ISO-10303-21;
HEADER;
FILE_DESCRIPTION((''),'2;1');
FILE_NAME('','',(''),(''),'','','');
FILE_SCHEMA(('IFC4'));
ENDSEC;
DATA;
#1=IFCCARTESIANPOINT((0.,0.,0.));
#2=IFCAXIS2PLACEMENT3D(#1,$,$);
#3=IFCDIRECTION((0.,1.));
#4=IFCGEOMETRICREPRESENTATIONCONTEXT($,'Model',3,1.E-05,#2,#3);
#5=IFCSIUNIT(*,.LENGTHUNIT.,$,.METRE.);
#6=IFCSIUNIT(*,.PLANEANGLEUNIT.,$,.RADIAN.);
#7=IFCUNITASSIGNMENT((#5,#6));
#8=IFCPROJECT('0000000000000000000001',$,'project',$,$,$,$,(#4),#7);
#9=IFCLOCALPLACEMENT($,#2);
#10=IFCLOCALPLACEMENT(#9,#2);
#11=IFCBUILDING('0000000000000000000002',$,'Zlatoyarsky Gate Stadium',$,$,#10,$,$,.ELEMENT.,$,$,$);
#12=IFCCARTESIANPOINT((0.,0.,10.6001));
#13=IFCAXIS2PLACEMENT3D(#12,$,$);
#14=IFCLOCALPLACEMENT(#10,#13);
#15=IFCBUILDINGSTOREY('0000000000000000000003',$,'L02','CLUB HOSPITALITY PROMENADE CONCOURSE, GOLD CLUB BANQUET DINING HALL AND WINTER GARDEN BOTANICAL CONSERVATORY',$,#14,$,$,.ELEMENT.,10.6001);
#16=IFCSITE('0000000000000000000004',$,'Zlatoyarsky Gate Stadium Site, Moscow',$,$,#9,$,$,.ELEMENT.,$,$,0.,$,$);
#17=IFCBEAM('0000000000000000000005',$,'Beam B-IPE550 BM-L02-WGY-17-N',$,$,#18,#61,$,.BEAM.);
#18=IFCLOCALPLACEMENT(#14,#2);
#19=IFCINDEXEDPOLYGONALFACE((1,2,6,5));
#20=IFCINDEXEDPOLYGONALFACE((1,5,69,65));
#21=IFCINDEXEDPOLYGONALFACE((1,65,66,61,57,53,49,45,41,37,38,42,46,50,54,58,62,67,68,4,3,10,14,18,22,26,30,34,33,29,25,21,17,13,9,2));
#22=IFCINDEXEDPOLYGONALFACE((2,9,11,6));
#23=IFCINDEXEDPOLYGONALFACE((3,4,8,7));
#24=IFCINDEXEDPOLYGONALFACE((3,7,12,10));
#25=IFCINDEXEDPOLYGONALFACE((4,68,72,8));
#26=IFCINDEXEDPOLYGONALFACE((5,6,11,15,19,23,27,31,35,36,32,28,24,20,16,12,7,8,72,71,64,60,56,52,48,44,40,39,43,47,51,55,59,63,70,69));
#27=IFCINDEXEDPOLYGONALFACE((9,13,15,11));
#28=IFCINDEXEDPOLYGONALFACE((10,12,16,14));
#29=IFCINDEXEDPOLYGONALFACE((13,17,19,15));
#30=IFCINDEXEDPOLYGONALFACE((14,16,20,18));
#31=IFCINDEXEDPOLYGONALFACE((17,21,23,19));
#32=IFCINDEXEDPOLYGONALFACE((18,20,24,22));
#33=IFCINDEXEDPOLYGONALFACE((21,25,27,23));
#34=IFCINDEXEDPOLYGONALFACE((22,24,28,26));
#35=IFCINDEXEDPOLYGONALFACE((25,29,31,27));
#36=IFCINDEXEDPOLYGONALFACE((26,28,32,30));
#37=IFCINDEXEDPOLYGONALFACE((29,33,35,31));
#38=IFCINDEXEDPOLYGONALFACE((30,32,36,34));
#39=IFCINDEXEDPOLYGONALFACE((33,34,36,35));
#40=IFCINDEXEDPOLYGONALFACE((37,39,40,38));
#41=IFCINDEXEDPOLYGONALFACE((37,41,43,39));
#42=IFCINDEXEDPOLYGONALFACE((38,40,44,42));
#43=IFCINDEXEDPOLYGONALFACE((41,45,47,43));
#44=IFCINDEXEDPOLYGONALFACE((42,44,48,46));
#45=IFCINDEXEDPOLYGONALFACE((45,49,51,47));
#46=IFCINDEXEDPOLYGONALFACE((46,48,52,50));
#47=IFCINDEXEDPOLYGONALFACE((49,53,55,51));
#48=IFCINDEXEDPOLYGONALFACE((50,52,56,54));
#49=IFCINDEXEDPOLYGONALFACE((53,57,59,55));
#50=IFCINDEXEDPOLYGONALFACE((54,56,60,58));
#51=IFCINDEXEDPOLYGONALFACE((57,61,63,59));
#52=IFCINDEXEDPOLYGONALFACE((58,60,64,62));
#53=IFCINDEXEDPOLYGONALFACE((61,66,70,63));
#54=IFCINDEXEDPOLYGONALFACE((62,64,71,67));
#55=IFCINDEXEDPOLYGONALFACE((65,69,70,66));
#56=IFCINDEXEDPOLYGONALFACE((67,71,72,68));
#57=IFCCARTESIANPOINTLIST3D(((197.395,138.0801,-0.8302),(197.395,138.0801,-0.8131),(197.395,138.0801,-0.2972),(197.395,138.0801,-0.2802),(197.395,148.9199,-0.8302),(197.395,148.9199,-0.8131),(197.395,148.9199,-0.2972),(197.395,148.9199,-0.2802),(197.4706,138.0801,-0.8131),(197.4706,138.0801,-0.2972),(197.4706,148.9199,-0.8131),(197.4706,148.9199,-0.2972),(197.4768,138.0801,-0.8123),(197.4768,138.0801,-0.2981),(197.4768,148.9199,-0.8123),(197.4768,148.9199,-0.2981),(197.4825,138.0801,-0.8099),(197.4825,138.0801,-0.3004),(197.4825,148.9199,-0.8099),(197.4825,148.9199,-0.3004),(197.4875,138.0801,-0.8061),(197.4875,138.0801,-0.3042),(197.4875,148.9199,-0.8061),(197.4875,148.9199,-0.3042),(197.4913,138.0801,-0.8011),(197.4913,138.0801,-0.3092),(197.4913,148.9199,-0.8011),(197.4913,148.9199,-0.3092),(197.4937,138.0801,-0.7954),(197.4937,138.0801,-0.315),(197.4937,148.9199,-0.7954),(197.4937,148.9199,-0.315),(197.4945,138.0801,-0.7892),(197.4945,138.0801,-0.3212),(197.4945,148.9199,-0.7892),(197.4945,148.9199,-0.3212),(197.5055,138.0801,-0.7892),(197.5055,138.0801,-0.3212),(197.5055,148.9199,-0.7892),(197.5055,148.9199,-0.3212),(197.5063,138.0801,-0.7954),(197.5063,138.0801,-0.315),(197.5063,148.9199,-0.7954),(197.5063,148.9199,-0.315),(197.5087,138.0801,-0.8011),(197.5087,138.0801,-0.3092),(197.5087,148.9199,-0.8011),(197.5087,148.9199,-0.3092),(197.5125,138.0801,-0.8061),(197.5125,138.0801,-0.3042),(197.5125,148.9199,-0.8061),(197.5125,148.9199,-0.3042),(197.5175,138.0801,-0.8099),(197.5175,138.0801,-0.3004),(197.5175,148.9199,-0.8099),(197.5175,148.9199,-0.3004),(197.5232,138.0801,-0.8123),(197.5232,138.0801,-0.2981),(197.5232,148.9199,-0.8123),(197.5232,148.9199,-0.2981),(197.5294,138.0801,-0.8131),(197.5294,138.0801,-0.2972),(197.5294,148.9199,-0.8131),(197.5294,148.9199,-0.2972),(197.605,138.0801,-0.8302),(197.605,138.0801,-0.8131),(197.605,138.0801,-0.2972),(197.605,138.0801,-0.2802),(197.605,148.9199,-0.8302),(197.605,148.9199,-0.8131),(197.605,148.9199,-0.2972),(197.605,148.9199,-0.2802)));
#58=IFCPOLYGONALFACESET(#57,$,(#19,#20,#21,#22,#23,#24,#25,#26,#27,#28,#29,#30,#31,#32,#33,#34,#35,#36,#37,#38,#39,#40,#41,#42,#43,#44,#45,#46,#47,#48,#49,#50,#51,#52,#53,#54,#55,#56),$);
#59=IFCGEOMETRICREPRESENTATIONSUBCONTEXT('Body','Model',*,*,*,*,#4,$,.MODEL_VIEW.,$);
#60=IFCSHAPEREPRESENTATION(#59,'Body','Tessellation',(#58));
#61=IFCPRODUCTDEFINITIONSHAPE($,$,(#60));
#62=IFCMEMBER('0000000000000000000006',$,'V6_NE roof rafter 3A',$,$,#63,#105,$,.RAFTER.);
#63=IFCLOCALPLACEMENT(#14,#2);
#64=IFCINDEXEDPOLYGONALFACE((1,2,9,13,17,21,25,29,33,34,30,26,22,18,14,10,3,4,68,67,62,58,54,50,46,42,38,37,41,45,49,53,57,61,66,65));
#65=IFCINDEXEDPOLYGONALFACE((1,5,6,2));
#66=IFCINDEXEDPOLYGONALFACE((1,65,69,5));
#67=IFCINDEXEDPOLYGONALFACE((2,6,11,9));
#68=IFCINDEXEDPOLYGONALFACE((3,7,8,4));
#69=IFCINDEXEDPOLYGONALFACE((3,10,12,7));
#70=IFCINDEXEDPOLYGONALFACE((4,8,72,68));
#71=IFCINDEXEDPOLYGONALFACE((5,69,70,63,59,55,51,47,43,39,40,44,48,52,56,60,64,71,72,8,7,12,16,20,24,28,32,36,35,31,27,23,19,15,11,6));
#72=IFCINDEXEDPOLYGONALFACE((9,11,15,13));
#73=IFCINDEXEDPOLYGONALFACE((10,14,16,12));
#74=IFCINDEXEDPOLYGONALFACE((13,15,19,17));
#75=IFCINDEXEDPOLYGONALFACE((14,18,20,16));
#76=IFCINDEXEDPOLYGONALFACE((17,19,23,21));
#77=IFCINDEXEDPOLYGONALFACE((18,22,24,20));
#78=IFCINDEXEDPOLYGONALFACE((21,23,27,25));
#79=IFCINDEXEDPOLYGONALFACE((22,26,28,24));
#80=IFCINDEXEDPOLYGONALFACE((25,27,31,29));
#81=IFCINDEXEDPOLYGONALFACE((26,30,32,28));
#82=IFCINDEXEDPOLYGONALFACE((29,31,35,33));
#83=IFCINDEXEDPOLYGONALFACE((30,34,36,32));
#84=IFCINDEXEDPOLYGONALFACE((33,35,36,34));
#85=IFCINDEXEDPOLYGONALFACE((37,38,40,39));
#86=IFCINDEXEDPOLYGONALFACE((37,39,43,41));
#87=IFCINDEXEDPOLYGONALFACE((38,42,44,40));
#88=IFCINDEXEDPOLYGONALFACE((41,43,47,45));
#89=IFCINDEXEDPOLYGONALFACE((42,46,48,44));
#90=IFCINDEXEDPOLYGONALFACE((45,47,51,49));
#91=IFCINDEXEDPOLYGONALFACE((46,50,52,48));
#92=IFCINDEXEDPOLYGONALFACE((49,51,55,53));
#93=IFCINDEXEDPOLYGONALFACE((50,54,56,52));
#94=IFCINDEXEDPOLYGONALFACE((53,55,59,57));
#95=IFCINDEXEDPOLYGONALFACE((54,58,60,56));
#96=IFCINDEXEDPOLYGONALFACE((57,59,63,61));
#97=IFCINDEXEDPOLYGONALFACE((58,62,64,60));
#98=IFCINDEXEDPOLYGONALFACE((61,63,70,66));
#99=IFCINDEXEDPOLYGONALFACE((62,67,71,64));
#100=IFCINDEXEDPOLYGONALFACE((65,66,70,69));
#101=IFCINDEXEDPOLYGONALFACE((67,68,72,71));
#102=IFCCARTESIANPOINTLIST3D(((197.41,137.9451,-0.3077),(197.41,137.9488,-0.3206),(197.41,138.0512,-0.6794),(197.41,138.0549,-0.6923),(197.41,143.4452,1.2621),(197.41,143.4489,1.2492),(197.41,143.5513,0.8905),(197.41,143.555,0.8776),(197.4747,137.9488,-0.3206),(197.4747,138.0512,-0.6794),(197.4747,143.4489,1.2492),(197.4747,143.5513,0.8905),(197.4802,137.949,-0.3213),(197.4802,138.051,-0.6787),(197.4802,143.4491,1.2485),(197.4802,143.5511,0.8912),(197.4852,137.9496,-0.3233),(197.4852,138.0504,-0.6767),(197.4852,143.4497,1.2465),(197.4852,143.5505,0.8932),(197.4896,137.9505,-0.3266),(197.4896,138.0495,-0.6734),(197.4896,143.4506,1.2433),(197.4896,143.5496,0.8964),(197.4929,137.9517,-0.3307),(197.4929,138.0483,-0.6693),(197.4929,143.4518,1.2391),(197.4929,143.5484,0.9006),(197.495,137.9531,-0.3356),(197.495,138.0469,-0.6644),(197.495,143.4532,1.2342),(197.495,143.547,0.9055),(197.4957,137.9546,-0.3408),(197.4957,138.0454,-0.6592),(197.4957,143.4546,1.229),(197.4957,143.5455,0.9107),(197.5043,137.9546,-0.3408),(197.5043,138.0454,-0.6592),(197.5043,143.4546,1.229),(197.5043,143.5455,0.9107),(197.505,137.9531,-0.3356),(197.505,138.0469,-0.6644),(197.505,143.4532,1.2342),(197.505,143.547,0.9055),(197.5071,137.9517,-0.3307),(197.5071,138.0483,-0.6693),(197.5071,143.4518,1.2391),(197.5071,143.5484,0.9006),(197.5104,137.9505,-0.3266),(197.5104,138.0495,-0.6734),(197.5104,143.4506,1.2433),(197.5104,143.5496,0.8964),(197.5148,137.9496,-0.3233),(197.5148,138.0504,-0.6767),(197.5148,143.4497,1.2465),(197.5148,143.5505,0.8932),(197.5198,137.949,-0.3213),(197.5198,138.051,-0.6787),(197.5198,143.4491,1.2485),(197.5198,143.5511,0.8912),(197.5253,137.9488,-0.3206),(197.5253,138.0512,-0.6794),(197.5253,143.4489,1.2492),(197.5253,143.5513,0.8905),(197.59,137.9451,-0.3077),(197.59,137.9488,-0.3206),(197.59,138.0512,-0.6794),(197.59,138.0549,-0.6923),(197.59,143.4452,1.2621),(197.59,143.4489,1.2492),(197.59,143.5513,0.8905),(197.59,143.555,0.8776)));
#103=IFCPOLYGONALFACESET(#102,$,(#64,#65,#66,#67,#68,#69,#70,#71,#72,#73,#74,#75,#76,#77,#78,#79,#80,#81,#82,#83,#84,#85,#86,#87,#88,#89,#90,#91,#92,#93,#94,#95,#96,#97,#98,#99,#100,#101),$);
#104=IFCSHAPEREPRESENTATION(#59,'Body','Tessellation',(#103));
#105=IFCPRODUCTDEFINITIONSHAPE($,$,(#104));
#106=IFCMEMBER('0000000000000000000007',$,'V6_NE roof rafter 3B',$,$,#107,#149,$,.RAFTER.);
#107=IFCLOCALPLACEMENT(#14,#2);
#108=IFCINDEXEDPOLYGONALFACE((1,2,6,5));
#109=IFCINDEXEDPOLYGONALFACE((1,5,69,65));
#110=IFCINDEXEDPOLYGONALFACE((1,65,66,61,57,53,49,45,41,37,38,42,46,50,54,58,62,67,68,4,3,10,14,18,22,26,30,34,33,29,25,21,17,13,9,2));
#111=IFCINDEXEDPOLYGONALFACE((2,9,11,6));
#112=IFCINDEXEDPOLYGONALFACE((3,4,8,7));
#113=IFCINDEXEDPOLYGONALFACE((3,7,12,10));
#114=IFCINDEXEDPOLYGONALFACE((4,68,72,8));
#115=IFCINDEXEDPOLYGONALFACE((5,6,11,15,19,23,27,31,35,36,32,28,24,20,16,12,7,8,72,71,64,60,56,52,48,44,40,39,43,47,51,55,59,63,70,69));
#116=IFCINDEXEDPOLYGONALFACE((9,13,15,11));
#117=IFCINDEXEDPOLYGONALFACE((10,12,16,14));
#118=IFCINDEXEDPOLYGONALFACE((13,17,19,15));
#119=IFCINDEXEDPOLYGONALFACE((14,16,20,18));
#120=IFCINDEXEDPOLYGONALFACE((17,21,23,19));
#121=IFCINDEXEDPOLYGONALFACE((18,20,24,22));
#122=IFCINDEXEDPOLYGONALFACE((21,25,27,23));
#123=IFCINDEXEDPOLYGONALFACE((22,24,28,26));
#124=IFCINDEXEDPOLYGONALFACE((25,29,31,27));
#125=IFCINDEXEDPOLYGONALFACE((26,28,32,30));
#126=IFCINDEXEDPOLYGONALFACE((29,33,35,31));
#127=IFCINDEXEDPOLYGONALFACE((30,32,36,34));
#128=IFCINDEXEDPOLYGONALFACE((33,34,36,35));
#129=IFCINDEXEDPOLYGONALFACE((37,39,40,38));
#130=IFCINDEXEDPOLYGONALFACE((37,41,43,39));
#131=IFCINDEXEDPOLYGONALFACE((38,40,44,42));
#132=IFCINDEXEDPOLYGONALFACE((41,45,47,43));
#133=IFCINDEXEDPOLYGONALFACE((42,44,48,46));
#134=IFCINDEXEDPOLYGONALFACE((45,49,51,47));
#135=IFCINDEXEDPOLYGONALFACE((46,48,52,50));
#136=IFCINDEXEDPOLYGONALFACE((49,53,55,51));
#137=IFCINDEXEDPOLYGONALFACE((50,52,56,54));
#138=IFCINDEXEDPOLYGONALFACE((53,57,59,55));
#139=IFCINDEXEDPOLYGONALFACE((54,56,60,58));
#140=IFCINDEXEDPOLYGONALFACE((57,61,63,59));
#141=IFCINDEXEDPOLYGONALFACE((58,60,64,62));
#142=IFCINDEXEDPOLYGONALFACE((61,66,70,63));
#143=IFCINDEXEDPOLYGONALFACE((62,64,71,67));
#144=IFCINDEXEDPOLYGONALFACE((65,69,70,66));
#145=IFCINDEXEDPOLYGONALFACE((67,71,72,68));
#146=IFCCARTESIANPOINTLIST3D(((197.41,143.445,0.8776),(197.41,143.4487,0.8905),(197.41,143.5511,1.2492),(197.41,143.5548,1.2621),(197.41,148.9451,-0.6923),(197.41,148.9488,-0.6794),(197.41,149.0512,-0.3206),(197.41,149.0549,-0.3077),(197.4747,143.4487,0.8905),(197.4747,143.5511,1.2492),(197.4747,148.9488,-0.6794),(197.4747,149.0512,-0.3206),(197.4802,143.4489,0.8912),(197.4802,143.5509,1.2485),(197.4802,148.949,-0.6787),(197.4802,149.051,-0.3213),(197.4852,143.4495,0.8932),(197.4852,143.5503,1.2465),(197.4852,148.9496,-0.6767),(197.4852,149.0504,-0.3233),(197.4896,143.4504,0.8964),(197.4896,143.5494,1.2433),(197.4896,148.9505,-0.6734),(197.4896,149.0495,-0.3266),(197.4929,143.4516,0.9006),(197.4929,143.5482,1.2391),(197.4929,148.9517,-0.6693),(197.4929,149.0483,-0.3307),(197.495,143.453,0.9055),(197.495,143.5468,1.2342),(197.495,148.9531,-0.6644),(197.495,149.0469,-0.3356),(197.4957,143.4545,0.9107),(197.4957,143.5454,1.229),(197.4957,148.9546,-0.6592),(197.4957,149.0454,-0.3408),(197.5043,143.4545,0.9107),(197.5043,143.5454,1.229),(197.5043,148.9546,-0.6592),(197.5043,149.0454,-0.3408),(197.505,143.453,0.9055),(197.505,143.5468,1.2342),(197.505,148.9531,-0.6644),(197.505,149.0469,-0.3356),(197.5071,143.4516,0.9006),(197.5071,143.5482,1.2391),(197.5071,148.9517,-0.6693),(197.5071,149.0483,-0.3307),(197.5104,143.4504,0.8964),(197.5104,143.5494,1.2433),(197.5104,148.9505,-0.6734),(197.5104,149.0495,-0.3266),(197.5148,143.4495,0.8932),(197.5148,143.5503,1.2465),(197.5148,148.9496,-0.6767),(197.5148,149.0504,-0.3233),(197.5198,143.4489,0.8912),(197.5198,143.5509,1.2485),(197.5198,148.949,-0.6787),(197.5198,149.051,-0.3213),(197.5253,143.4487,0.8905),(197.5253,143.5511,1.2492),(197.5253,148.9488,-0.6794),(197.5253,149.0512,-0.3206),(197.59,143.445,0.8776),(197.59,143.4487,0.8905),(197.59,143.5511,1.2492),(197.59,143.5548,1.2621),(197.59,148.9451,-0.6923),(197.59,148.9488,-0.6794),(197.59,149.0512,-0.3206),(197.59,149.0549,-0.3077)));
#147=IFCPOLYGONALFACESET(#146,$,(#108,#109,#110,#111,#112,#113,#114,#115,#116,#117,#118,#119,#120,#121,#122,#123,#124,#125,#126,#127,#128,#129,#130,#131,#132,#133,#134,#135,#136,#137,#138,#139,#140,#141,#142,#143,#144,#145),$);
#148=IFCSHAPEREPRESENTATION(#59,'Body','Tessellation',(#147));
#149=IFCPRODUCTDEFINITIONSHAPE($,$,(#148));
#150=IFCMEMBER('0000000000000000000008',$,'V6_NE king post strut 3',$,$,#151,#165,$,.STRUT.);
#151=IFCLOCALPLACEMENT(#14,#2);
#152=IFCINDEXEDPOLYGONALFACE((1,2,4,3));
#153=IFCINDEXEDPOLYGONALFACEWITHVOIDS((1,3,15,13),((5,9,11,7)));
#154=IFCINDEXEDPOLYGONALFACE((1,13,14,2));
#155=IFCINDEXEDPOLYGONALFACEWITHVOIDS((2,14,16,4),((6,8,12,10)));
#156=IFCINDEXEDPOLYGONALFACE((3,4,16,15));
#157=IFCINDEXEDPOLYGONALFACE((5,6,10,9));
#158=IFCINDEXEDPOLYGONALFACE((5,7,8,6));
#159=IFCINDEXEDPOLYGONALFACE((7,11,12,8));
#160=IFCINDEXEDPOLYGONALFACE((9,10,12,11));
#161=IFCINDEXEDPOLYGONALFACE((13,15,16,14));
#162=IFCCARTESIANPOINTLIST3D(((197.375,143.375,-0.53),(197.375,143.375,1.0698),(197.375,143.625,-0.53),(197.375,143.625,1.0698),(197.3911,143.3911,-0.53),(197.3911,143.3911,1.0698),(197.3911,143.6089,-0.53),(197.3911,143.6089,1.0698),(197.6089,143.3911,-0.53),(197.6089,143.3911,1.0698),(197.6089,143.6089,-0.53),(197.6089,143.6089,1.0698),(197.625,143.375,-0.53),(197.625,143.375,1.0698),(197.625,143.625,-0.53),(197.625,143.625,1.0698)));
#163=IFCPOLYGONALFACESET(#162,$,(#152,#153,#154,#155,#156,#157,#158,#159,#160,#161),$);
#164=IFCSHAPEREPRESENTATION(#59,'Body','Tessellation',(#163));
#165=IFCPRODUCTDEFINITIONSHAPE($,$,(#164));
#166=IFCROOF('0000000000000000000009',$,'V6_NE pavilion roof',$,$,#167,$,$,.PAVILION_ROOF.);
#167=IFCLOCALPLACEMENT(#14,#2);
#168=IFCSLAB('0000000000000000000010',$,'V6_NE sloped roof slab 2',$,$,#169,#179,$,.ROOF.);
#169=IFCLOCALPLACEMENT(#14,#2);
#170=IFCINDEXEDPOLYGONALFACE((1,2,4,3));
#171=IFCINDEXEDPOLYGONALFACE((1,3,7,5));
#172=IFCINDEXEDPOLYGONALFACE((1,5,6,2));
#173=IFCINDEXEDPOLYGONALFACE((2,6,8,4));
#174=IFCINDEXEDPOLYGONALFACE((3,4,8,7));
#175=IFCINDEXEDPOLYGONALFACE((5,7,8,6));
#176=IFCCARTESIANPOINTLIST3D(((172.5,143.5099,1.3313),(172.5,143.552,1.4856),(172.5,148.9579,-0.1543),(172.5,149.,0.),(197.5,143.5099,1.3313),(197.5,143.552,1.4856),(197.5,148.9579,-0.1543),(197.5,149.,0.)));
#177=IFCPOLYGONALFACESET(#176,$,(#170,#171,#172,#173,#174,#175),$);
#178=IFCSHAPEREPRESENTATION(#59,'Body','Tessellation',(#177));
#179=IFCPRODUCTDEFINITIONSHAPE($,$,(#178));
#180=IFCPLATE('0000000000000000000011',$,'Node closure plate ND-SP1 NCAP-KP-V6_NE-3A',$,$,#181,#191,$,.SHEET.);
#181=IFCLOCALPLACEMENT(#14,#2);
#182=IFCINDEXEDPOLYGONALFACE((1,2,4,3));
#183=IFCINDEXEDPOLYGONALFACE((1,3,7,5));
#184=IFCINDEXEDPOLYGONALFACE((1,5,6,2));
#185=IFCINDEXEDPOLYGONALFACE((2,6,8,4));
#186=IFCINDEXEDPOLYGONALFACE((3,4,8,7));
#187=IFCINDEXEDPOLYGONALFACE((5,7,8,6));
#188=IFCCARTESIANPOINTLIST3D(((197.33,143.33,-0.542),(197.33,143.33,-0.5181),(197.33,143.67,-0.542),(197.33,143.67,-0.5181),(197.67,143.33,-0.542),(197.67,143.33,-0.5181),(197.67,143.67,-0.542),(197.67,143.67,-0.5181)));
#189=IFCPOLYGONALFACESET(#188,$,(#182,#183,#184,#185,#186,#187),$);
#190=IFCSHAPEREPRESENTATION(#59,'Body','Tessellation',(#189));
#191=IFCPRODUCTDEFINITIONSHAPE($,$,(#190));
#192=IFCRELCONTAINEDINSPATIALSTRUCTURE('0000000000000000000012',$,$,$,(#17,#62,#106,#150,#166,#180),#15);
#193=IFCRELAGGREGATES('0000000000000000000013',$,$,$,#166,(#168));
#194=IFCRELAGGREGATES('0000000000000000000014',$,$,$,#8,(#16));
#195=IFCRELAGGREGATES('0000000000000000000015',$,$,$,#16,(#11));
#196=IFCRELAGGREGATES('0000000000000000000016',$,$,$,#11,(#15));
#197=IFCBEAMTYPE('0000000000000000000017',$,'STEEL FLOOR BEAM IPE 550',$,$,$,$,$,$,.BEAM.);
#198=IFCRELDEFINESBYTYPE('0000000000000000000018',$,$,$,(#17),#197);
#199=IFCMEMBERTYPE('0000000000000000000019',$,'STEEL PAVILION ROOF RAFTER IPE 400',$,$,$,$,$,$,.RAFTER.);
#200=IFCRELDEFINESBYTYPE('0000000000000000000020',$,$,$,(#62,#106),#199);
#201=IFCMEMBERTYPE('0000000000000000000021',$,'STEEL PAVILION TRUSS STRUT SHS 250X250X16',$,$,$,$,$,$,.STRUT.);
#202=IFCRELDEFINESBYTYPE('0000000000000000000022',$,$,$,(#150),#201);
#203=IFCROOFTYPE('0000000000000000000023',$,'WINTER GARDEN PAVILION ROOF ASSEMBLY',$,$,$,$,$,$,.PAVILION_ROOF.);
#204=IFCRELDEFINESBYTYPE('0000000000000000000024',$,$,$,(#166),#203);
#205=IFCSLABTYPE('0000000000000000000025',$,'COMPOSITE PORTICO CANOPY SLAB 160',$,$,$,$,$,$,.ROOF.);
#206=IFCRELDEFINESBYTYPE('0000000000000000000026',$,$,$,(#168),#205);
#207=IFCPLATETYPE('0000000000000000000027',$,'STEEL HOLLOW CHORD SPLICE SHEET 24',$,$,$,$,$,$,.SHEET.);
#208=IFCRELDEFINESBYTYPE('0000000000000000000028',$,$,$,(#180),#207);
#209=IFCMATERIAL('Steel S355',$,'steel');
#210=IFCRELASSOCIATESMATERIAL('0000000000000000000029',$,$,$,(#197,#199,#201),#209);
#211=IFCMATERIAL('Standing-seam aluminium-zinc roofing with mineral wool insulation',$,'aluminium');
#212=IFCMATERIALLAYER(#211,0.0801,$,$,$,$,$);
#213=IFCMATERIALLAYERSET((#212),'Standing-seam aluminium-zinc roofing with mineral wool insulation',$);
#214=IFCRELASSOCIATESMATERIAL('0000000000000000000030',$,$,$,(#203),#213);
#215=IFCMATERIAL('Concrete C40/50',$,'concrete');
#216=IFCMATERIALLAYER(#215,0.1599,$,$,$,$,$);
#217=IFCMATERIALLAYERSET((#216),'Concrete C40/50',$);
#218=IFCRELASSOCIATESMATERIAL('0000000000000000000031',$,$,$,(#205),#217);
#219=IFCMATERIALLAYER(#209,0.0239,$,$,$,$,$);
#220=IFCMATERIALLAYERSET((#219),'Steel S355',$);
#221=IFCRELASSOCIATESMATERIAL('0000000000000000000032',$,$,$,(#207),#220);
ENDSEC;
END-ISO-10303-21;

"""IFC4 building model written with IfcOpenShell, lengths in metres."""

from ifc_helpers import new_model, si_unit, direction, frame, origin, origin_2d, place, context, subcontext, project, spatial, polyline, rectangle, hollow_rectangle, i_section, outline, extrude, material, layer, layer_set, material_profile, profile_set, type_object, element, aggregate, save


model = new_model("IFC4")

# Units and contexts
model_context = context("Model", 3, precision=1e-05, world=origin(), true_north=direction((0.0, 1.0)))
body_context = subcontext(model_context, "Body", "Model", "MODEL_VIEW")
ifc_project = project(units=[si_unit("LENGTHUNIT", "METRE"), si_unit("PLANEANGLEUNIT", "RADIAN")], contexts=[model_context])

# Site, building, storey
site_placement = place(None, origin())
site = spatial("IfcSite", under=ifc_project, at=site_placement, Name="Zlatoyarsky Gate Stadium Site, Moscow", CompositionType="ELEMENT", RefElevation=0.0)
building_placement = place(site_placement, origin())
building = spatial("IfcBuilding", under=site, at=building_placement, Name="Zlatoyarsky Gate Stadium", CompositionType="ELEMENT")
storey_placement = place(building_placement, frame((0.0, 0.0, 10.6001)))
storey = spatial("IfcBuildingStorey", under=building, at=storey_placement, Name="L02", Description="CLUB HOSPITALITY PROMENADE CONCOURSE, GOLD CLUB BANQUET DINING HALL AND WINTER GARDEN BOTANICAL CONSERVATORY", CompositionType="ELEMENT", Elevation=10.6001)

# Shared definitions
ifc_material_1 = material(Name="Steel S355", Category="steel")

# Beam
ifc_material_profile_1 = material_profile(ifc_material_1, i_section(OverallWidth=0.21, OverallDepth=0.55, WebThickness=0.011, FlangeThickness=0.0171, FilletRadius=0.0239, at=origin_2d()), Name="IPE 550")
ifc_profile_set_1 = profile_set([ifc_material_profile_1], Name="Steel S355")
beam_type = type_object("IfcBeamType", Name="STEEL FLOOR BEAM IPE 550", PredefinedType="BEAM", material=ifc_profile_set_1)
beam_placement = place(storey_placement, frame((197.5, 138.0801, -0.5552), z_axis=(0.0, 1.0, 0.0), x_axis=(-1.0, 0.0, 0.0)))
element("IfcBeam", 1, at=beam_placement, inside=storey, type_object=beam_type, Name="Beam B-IPE550 BM-L02-WGY-17-N", PredefinedType="BEAM", context=body_context, shape_type="SweptSolid", body=[
    extrude(i_section(OverallWidth=0.21, OverallDepth=0.55, WebThickness=0.011, FlangeThickness=0.0171, FilletRadius=0.0239, at=origin_2d()), origin(), (0.0, 0.0, 1.0), 10.8398),
])

# Members
ifc_material_profile_2 = material_profile(ifc_material_1, i_section(OverallWidth=0.1799, OverallDepth=0.3999, WebThickness=0.0085, FlangeThickness=0.0134, FilletRadius=0.021, at=origin_2d()), Name="IPE 400")
ifc_profile_set_2 = profile_set([ifc_material_profile_2], Name="Steel S355")
member_type_1 = type_object("IfcMemberType", Name="STEEL PAVILION ROOF RAFTER IPE 400", PredefinedType="RAFTER", material=ifc_profile_set_2)
for number, where, z_axis, x_axis, name in (
    (2, (197.5, 138.0, -0.5), (0.0, 0.961598, 0.274462), (-1.0, 0.0, 0.0), "V6_NE roof rafter 3A"),
    (3, (197.5, 149.0, -0.5), (0.0, -0.961598, 0.274462), (1.0, 0.0, 0.0), "V6_NE roof rafter 3B"),
):
    element("IfcMember", number, at=place(storey_placement, frame(where, z_axis=z_axis, x_axis=x_axis)), inside=storey, type_object=member_type_1, Name=name, PredefinedType="RAFTER", context=body_context, shape_type="SweptSolid", body=[
        extrude(i_section(OverallWidth=0.1799, OverallDepth=0.3999, WebThickness=0.0085, FlangeThickness=0.0134, FilletRadius=0.021, at=origin_2d()), origin(), (0.0, 0.0, 1.0), 5.7197),
    ])
ifc_material_profile_3 = material_profile(ifc_material_1, hollow_rectangle(XDim=0.25, YDim=0.25, WallThickness=0.0161, at=origin_2d()), Name="SHS 250X250X16")
ifc_profile_set_3 = profile_set([ifc_material_profile_3], Name="Steel S355")
member_type_2 = type_object("IfcMemberType", Name="STEEL PAVILION TRUSS STRUT SHS 250X250X16", PredefinedType="STRUT", material=ifc_profile_set_3)
member_1_placement = place(storey_placement, frame((197.5, 143.5, -0.53), z_axis=(0.0, 0.0, 1.0), x_axis=(1.0, 0.0, 0.0)))
element("IfcMember", 4, at=member_1_placement, inside=storey, type_object=member_type_2, Name="V6_NE king post strut 3", PredefinedType="STRUT", context=body_context, shape_type="SweptSolid", body=[
    extrude(hollow_rectangle(XDim=0.25, YDim=0.25, WallThickness=0.0161, at=origin_2d()), origin(), (0.0, 0.0, 1.0), 1.5999),
])

# Roof, slab
ifc_material_2 = material(Name="Standing-seam aluminium-zinc roofing with mineral wool insulation", Category="aluminium")
ifc_layer_1 = layer(ifc_material_2, 0.0801)
ifc_layer_set_1 = layer_set([ifc_layer_1], Name="Standing-seam aluminium-zinc roofing with mineral wool insulation")
roof_type = type_object("IfcRoofType", Name="WINTER GARDEN PAVILION ROOF ASSEMBLY", PredefinedType="PAVILION_ROOF", material=ifc_layer_set_1)
roof_placement = place(storey_placement, origin())
roof = element("IfcRoof", 5, at=roof_placement, inside=storey, type_object=roof_type, Name="V6_NE pavilion roof", PredefinedType="PAVILION_ROOF")
ifc_material_3 = material(Name="Concrete C40/50", Category="concrete")
ifc_layer_2 = layer(ifc_material_3, 0.1599)
ifc_layer_set_2 = layer_set([ifc_layer_2], Name="Concrete C40/50")
slab_type = type_object("IfcSlabType", Name="COMPOSITE PORTICO CANOPY SLAB 160", PredefinedType="ROOF", material=ifc_layer_set_2)
slab_placement = place(storey_placement, frame((197.5, 149.0, 0.0), z_axis=(0.0, 0.263081, 0.964774), x_axis=(-1.0, 0.0, 0.0)))
slab = element("IfcSlab", 6, at=slab_placement, type_object=slab_type, Name="V6_NE sloped roof slab 2", PredefinedType="ROOF", context=body_context, shape_type="SweptSolid", body=[
    extrude(outline(polyline([(0.0, 0.0), (25.0, 0.0), (25.0, 5.6469), (0.0, 5.6469), (0.0, 0.0)])), origin(), (0.0, 0.0, -1.0), 0.1599),
])

# Plate
ifc_layer_3 = layer(ifc_material_1, 0.0239)
ifc_layer_set_3 = layer_set([ifc_layer_3], Name="Steel S355")
plate_type_1 = type_object("IfcPlateType", Name="STEEL HOLLOW CHORD SPLICE SHEET 24", PredefinedType="SHEET", material=ifc_layer_set_3)
for number, where, z_axis, x_axis, name in (
    (7, (197.5, 143.5, -0.542), (0.0, 0.0, 1.0), (1.0, 0.0, 0.0), "Node closure plate ND-SP1 NCAP-KP-V6_NE-3A"),
):
    element("IfcPlate", number, at=place(storey_placement, frame(where, z_axis=z_axis, x_axis=x_axis)), inside=storey, type_object=plate_type_1, Name=name, PredefinedType="SHEET", context=body_context, shape_type="SweptSolid", body=[
        extrude(rectangle(XDim=0.3401, YDim=0.3401, at=origin_2d()), origin(), (0.0, 0.0, 1.0), 0.0239),
    ])

aggregate(roof, [slab])

save(model, "model.ifc")
